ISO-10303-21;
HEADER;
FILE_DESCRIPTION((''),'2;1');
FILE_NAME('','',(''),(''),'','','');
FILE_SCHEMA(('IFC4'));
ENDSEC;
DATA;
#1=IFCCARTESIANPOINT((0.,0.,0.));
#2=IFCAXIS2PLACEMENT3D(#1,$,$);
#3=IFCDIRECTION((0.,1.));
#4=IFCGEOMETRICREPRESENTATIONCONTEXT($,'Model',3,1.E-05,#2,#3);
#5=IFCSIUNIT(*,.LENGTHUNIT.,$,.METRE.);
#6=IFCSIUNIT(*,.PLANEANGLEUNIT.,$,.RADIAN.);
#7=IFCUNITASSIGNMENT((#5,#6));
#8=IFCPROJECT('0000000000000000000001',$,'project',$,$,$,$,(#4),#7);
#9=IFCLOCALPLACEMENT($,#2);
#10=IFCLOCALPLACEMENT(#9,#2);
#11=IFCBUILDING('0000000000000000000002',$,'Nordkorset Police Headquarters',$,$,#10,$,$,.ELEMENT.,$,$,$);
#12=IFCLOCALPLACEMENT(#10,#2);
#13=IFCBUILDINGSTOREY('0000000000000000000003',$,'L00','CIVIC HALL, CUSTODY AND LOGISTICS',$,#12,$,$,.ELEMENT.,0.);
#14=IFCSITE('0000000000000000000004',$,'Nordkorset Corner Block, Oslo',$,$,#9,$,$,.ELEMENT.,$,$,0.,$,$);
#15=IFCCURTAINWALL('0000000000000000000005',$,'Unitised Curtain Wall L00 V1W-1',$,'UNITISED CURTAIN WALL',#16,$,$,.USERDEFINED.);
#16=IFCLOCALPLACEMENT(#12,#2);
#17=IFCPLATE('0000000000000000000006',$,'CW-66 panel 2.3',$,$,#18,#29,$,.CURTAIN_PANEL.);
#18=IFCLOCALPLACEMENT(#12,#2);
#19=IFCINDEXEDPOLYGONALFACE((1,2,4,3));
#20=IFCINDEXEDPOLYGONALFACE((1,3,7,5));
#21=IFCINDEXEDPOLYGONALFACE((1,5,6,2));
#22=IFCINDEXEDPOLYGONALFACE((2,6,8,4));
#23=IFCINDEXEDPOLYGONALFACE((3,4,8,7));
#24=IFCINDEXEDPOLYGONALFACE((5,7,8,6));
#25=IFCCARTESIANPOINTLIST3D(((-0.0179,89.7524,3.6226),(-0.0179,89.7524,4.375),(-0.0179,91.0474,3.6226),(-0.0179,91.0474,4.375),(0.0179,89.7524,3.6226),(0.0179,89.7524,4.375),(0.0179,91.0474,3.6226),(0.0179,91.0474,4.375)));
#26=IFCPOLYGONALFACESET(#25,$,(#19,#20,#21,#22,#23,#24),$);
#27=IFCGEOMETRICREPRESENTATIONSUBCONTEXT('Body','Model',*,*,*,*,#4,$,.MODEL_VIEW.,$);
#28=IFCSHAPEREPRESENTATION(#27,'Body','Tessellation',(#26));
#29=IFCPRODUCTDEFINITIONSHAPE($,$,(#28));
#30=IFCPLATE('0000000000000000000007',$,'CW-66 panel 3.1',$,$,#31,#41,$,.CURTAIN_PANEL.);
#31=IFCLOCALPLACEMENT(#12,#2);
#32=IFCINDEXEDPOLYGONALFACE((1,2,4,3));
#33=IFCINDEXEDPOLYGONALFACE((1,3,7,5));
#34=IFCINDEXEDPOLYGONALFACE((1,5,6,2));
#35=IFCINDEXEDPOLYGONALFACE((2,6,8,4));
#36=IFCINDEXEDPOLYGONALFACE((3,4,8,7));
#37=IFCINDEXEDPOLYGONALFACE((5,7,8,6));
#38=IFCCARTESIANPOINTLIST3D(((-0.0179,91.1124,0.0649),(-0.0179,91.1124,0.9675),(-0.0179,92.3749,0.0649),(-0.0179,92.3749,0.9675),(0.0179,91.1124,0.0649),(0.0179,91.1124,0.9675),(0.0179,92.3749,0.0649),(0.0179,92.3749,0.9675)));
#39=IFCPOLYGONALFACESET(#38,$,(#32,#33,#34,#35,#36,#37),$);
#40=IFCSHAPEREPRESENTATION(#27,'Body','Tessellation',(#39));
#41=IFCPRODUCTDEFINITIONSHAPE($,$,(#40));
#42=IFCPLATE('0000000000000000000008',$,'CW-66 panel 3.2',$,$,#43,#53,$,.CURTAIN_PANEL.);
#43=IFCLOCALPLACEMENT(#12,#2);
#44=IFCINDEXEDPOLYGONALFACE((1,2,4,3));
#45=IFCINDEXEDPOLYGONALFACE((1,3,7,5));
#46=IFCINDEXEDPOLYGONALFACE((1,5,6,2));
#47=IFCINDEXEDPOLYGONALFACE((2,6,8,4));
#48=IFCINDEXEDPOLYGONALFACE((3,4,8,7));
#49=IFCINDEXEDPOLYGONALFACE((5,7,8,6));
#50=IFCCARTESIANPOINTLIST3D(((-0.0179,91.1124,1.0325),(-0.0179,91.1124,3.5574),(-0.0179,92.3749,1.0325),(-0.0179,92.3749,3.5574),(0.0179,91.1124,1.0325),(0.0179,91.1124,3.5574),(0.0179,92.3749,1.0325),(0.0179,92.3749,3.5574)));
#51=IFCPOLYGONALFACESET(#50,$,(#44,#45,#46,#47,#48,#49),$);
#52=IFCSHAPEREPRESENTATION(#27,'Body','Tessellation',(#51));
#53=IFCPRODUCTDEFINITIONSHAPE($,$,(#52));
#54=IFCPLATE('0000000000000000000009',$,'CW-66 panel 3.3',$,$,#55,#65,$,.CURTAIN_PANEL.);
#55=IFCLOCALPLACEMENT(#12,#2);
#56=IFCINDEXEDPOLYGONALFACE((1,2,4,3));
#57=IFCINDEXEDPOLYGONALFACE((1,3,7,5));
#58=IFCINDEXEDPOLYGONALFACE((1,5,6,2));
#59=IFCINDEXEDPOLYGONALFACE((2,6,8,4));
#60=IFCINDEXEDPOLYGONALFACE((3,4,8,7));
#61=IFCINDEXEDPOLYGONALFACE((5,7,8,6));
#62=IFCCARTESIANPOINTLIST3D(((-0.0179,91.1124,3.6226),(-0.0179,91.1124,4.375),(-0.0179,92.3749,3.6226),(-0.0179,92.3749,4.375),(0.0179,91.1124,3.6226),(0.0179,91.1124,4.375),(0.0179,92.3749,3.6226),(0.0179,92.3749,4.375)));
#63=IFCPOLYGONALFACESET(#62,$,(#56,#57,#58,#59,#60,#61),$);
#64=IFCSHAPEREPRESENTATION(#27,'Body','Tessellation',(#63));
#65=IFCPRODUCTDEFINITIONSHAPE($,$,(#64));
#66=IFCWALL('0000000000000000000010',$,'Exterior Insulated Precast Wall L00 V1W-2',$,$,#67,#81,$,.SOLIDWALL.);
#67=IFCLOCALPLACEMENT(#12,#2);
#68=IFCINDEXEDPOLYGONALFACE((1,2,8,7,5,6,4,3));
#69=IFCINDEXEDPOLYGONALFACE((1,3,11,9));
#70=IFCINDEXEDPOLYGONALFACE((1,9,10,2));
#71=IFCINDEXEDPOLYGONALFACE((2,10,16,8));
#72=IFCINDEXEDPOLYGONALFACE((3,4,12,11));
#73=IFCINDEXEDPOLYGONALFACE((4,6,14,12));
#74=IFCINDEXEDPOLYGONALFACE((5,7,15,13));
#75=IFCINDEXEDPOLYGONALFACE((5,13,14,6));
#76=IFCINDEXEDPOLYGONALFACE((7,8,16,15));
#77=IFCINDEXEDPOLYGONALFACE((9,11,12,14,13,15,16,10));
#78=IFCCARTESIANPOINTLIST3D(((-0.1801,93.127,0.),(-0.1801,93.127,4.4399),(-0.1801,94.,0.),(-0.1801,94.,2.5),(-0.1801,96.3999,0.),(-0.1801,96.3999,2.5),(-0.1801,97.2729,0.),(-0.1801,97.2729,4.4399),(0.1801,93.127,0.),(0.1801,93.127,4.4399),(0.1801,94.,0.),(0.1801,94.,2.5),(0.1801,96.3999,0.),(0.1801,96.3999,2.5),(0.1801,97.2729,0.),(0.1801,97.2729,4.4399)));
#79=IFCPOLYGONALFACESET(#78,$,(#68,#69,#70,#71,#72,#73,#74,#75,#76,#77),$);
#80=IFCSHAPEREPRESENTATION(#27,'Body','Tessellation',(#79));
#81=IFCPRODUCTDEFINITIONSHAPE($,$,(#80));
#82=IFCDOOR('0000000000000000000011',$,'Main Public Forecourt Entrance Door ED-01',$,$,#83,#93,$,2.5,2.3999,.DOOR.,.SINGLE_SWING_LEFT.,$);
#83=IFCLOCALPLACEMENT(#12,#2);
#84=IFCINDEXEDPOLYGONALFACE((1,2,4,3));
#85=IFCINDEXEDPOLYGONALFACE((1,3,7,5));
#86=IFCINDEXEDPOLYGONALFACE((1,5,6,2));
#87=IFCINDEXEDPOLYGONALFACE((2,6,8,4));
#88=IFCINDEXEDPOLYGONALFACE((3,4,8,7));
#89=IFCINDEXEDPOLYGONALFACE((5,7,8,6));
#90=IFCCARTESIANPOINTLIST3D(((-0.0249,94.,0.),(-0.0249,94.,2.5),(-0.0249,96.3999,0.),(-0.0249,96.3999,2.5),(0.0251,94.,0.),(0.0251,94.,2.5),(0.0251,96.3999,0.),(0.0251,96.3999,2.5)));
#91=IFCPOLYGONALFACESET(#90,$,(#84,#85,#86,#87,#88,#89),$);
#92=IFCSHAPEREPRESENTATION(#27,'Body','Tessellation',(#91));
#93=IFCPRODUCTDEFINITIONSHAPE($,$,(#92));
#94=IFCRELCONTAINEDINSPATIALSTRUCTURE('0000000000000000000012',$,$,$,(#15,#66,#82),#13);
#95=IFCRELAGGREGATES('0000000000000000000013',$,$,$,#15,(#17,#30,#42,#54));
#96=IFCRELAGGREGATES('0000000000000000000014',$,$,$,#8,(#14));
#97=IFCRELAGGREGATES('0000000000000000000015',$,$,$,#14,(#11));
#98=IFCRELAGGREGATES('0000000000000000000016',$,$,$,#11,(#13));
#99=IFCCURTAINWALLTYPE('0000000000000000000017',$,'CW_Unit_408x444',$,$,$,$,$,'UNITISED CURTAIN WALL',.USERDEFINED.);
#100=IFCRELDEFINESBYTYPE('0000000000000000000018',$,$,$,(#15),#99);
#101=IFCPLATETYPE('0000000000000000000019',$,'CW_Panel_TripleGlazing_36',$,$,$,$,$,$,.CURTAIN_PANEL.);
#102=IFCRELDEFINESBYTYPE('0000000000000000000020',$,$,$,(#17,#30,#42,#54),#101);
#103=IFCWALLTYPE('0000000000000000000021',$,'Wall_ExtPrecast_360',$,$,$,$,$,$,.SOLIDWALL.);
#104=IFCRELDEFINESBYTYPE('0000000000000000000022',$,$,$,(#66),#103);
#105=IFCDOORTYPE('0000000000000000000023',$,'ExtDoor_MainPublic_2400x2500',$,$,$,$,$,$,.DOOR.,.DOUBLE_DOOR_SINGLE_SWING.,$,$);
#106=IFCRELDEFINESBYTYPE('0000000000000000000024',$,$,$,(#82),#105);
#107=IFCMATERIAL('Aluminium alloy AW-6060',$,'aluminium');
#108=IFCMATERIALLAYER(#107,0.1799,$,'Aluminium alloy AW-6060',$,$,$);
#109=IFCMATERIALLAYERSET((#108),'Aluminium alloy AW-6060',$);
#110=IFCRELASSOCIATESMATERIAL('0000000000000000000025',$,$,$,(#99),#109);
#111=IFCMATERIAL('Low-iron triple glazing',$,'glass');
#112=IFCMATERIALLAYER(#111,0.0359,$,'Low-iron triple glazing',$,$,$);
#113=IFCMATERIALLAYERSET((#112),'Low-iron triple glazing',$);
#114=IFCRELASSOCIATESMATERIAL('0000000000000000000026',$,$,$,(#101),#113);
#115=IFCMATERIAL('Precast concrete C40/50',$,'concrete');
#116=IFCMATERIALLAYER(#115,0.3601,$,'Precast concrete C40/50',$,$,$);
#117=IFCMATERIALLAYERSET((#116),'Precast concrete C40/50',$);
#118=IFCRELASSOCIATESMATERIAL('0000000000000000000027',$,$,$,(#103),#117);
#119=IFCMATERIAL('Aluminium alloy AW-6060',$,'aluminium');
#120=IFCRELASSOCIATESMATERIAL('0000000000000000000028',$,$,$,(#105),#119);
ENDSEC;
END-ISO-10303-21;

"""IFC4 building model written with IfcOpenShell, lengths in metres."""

from ifc_helpers import new_model, si_unit, direction, frame, frame_2d, origin, origin_2d, place, context, subcontext, project, spatial, rectangle, extrude, material, layer, layer_set, type_object, element, fill, aggregate, save


model = new_model("IFC4")

# Units and contexts
model_context = context("Model", 3, precision=1e-05, world=origin(), true_north=direction((0.0, 1.0)))
body_context = subcontext(model_context, "Body", "Model", "MODEL_VIEW")
ifc_project = project(units=[si_unit("LENGTHUNIT", "METRE"), si_unit("PLANEANGLEUNIT", "RADIAN")], contexts=[model_context])

# Site, building, storey
site_placement = place(None, origin())
site = spatial("IfcSite", under=ifc_project, at=site_placement, Name="Nordkorset Corner Block, Oslo", CompositionType="ELEMENT", RefElevation=0.0)
building_placement = place(site_placement, origin())
building = spatial("IfcBuilding", under=site, at=building_placement, Name="Nordkorset Police Headquarters", CompositionType="ELEMENT")
storey_placement = place(building_placement, origin())
storey = spatial("IfcBuildingStorey", under=building, at=storey_placement, Name="L00", Description="CIVIC HALL, CUSTODY AND LOGISTICS", CompositionType="ELEMENT", Elevation=0.0)

# Curtain wall
ifc_material_1 = material(Name="Aluminium alloy AW-6060", Category="aluminium")
ifc_layer_1 = layer(ifc_material_1, 0.1799, Name="Aluminium alloy AW-6060")
ifc_layer_set_1 = layer_set([ifc_layer_1], Name="Aluminium alloy AW-6060")
curtain_wall_type = type_object("IfcCurtainWallType", Name="CW_Unit_408x444", ElementType="UNITISED CURTAIN WALL", PredefinedType="USERDEFINED", material=ifc_layer_set_1)
curtain_wall_placement = place(storey_placement, origin())
curtain_wall = element("IfcCurtainWall", 1, at=curtain_wall_placement, inside=storey, type_object=curtain_wall_type, Name="Unitised Curtain Wall L00 V1W-1", ObjectType="UNITISED CURTAIN WALL", PredefinedType="USERDEFINED")

# Plates
ifc_material_2 = material(Name="Low-iron triple glazing", Category="glass")
ifc_layer_2 = layer(ifc_material_2, 0.0359, Name="Low-iron triple glazing")
ifc_layer_set_2 = layer_set([ifc_layer_2], Name="Low-iron triple glazing")
plate_type = type_object("IfcPlateType", Name="CW_Panel_TripleGlazing_36", PredefinedType="CURTAIN_PANEL", material=ifc_layer_set_2)
plate_1_placement = place(storey_placement, frame((0.0, 90.3999, 3.6226), z_axis=(0.0, 0.0, 1.0), x_axis=(0.0, 1.0, 0.0)))
plate_1 = element("IfcPlate", 2, at=plate_1_placement, type_object=plate_type, Name="CW-66 panel 2.3", PredefinedType="CURTAIN_PANEL", context=body_context, shape_type="SweptSolid", body=[
    extrude(rectangle(XDim=1.2949, YDim=0.0359, at=origin_2d()), origin(), (0.0, 0.0, 1.0), 0.7524),
])
plate_2_placement = place(storey_placement, frame((0.0, 91.7437, 0.0649), z_axis=(0.0, 0.0, 1.0), x_axis=(0.0, 1.0, 0.0)))
plate_2 = element("IfcPlate", 3, at=plate_2_placement, type_object=plate_type, Name="CW-66 panel 3.1", PredefinedType="CURTAIN_PANEL", context=body_context, shape_type="SweptSolid", body=[
    extrude(rectangle(XDim=1.2625, YDim=0.0359, at=origin_2d()), origin(), (0.0, 0.0, 1.0), 0.9026),
])
plate_3_placement = place(storey_placement, frame((0.0, 91.7437, 1.0325), z_axis=(0.0, 0.0, 1.0), x_axis=(0.0, 1.0, 0.0)))
plate_3 = element("IfcPlate", 4, at=plate_3_placement, type_object=plate_type, Name="CW-66 panel 3.2", PredefinedType="CURTAIN_PANEL", context=body_context, shape_type="SweptSolid", body=[
    extrude(rectangle(XDim=1.2625, YDim=0.0359, at=origin_2d()), origin(), (0.0, 0.0, 1.0), 2.5249),
])
plate_4_placement = place(storey_placement, frame((0.0, 91.7437, 3.6226), z_axis=(0.0, 0.0, 1.0), x_axis=(0.0, 1.0, 0.0)))
plate_4 = element("IfcPlate", 5, at=plate_4_placement, type_object=plate_type, Name="CW-66 panel 3.3", PredefinedType="CURTAIN_PANEL", context=body_context, shape_type="SweptSolid", body=[
    extrude(rectangle(XDim=1.2625, YDim=0.0359, at=origin_2d()), origin(), (0.0, 0.0, 1.0), 0.7524),
])
aggregate(curtain_wall, [plate_1, plate_2, plate_3, plate_4])

# Wall, opening, door
ifc_material_3 = material(Name="Precast concrete C40/50", Category="concrete")
ifc_layer_3 = layer(ifc_material_3, 0.3601, Name="Precast concrete C40/50")
ifc_layer_set_3 = layer_set([ifc_layer_3], Name="Precast concrete C40/50")
wall_type = type_object("IfcWallType", Name="Wall_ExtPrecast_360", PredefinedType="SOLIDWALL", material=ifc_layer_set_3)
wall_placement = place(storey_placement, frame((0.0, 93.127, 0.0), z_axis=(0.0, 0.0, 1.0), x_axis=(0.0, 1.0, 0.0)))
wall = element("IfcWall", 6, at=wall_placement, inside=storey, type_object=wall_type, Name="Exterior Insulated Precast Wall L00 V1W-2", PredefinedType="SOLIDWALL", context=body_context, shape_type="SweptSolid", body=[
    extrude(rectangle(XDim=4.146, YDim=0.3601, at=frame_2d((2.073, 0.0))), origin(), (0.0, 0.0, 1.0), 4.4399),
])
opening_placement = place(wall_placement, frame((0.873, 0.0, 0.0)))
opening = element("IfcOpeningElement", 7, at=opening_placement, cuts=wall, PredefinedType="OPENING", context=body_context, shape_type="SweptSolid", body=[
    extrude(rectangle(XDim=2.3999, YDim=2.5, at=frame_2d((1.2, 1.25))), frame((0.0, 0.1899, 0.0), z_axis=(0.0, -1.0, 0.0), x_axis=(1.0, 0.0, 0.0)), (0.0, 0.0, 1.0), 0.3801),
])
ifc_material_4 = material(Name="Aluminium alloy AW-6060", Category="aluminium")
door_type = type_object("IfcDoorType", Name="ExtDoor_MainPublic_2400x2500", OperationType="DOUBLE_DOOR_SINGLE_SWING", PredefinedType="DOOR", material=ifc_material_4)
door_placement = place(opening_placement, origin())
door = element("IfcDoor", 8, at=door_placement, inside=storey, type_object=door_type, Name="Main Public Forecourt Entrance Door ED-01", OperationType="SINGLE_SWING_LEFT", OverallHeight=2.5, OverallWidth=2.3999, PredefinedType="DOOR", context=body_context, shape_type="SweptSolid", body=[
    extrude(rectangle(XDim=2.3999, YDim=2.5, at=frame_2d((1.2, 1.25))), frame((0.0, 0.0249, 0.0), z_axis=(0.0, -1.0, 0.0), x_axis=(1.0, 0.0, 0.0)), (0.0, 0.0, 1.0), 0.05),
])
fill(opening, door)

save(model, "model.ifc")
